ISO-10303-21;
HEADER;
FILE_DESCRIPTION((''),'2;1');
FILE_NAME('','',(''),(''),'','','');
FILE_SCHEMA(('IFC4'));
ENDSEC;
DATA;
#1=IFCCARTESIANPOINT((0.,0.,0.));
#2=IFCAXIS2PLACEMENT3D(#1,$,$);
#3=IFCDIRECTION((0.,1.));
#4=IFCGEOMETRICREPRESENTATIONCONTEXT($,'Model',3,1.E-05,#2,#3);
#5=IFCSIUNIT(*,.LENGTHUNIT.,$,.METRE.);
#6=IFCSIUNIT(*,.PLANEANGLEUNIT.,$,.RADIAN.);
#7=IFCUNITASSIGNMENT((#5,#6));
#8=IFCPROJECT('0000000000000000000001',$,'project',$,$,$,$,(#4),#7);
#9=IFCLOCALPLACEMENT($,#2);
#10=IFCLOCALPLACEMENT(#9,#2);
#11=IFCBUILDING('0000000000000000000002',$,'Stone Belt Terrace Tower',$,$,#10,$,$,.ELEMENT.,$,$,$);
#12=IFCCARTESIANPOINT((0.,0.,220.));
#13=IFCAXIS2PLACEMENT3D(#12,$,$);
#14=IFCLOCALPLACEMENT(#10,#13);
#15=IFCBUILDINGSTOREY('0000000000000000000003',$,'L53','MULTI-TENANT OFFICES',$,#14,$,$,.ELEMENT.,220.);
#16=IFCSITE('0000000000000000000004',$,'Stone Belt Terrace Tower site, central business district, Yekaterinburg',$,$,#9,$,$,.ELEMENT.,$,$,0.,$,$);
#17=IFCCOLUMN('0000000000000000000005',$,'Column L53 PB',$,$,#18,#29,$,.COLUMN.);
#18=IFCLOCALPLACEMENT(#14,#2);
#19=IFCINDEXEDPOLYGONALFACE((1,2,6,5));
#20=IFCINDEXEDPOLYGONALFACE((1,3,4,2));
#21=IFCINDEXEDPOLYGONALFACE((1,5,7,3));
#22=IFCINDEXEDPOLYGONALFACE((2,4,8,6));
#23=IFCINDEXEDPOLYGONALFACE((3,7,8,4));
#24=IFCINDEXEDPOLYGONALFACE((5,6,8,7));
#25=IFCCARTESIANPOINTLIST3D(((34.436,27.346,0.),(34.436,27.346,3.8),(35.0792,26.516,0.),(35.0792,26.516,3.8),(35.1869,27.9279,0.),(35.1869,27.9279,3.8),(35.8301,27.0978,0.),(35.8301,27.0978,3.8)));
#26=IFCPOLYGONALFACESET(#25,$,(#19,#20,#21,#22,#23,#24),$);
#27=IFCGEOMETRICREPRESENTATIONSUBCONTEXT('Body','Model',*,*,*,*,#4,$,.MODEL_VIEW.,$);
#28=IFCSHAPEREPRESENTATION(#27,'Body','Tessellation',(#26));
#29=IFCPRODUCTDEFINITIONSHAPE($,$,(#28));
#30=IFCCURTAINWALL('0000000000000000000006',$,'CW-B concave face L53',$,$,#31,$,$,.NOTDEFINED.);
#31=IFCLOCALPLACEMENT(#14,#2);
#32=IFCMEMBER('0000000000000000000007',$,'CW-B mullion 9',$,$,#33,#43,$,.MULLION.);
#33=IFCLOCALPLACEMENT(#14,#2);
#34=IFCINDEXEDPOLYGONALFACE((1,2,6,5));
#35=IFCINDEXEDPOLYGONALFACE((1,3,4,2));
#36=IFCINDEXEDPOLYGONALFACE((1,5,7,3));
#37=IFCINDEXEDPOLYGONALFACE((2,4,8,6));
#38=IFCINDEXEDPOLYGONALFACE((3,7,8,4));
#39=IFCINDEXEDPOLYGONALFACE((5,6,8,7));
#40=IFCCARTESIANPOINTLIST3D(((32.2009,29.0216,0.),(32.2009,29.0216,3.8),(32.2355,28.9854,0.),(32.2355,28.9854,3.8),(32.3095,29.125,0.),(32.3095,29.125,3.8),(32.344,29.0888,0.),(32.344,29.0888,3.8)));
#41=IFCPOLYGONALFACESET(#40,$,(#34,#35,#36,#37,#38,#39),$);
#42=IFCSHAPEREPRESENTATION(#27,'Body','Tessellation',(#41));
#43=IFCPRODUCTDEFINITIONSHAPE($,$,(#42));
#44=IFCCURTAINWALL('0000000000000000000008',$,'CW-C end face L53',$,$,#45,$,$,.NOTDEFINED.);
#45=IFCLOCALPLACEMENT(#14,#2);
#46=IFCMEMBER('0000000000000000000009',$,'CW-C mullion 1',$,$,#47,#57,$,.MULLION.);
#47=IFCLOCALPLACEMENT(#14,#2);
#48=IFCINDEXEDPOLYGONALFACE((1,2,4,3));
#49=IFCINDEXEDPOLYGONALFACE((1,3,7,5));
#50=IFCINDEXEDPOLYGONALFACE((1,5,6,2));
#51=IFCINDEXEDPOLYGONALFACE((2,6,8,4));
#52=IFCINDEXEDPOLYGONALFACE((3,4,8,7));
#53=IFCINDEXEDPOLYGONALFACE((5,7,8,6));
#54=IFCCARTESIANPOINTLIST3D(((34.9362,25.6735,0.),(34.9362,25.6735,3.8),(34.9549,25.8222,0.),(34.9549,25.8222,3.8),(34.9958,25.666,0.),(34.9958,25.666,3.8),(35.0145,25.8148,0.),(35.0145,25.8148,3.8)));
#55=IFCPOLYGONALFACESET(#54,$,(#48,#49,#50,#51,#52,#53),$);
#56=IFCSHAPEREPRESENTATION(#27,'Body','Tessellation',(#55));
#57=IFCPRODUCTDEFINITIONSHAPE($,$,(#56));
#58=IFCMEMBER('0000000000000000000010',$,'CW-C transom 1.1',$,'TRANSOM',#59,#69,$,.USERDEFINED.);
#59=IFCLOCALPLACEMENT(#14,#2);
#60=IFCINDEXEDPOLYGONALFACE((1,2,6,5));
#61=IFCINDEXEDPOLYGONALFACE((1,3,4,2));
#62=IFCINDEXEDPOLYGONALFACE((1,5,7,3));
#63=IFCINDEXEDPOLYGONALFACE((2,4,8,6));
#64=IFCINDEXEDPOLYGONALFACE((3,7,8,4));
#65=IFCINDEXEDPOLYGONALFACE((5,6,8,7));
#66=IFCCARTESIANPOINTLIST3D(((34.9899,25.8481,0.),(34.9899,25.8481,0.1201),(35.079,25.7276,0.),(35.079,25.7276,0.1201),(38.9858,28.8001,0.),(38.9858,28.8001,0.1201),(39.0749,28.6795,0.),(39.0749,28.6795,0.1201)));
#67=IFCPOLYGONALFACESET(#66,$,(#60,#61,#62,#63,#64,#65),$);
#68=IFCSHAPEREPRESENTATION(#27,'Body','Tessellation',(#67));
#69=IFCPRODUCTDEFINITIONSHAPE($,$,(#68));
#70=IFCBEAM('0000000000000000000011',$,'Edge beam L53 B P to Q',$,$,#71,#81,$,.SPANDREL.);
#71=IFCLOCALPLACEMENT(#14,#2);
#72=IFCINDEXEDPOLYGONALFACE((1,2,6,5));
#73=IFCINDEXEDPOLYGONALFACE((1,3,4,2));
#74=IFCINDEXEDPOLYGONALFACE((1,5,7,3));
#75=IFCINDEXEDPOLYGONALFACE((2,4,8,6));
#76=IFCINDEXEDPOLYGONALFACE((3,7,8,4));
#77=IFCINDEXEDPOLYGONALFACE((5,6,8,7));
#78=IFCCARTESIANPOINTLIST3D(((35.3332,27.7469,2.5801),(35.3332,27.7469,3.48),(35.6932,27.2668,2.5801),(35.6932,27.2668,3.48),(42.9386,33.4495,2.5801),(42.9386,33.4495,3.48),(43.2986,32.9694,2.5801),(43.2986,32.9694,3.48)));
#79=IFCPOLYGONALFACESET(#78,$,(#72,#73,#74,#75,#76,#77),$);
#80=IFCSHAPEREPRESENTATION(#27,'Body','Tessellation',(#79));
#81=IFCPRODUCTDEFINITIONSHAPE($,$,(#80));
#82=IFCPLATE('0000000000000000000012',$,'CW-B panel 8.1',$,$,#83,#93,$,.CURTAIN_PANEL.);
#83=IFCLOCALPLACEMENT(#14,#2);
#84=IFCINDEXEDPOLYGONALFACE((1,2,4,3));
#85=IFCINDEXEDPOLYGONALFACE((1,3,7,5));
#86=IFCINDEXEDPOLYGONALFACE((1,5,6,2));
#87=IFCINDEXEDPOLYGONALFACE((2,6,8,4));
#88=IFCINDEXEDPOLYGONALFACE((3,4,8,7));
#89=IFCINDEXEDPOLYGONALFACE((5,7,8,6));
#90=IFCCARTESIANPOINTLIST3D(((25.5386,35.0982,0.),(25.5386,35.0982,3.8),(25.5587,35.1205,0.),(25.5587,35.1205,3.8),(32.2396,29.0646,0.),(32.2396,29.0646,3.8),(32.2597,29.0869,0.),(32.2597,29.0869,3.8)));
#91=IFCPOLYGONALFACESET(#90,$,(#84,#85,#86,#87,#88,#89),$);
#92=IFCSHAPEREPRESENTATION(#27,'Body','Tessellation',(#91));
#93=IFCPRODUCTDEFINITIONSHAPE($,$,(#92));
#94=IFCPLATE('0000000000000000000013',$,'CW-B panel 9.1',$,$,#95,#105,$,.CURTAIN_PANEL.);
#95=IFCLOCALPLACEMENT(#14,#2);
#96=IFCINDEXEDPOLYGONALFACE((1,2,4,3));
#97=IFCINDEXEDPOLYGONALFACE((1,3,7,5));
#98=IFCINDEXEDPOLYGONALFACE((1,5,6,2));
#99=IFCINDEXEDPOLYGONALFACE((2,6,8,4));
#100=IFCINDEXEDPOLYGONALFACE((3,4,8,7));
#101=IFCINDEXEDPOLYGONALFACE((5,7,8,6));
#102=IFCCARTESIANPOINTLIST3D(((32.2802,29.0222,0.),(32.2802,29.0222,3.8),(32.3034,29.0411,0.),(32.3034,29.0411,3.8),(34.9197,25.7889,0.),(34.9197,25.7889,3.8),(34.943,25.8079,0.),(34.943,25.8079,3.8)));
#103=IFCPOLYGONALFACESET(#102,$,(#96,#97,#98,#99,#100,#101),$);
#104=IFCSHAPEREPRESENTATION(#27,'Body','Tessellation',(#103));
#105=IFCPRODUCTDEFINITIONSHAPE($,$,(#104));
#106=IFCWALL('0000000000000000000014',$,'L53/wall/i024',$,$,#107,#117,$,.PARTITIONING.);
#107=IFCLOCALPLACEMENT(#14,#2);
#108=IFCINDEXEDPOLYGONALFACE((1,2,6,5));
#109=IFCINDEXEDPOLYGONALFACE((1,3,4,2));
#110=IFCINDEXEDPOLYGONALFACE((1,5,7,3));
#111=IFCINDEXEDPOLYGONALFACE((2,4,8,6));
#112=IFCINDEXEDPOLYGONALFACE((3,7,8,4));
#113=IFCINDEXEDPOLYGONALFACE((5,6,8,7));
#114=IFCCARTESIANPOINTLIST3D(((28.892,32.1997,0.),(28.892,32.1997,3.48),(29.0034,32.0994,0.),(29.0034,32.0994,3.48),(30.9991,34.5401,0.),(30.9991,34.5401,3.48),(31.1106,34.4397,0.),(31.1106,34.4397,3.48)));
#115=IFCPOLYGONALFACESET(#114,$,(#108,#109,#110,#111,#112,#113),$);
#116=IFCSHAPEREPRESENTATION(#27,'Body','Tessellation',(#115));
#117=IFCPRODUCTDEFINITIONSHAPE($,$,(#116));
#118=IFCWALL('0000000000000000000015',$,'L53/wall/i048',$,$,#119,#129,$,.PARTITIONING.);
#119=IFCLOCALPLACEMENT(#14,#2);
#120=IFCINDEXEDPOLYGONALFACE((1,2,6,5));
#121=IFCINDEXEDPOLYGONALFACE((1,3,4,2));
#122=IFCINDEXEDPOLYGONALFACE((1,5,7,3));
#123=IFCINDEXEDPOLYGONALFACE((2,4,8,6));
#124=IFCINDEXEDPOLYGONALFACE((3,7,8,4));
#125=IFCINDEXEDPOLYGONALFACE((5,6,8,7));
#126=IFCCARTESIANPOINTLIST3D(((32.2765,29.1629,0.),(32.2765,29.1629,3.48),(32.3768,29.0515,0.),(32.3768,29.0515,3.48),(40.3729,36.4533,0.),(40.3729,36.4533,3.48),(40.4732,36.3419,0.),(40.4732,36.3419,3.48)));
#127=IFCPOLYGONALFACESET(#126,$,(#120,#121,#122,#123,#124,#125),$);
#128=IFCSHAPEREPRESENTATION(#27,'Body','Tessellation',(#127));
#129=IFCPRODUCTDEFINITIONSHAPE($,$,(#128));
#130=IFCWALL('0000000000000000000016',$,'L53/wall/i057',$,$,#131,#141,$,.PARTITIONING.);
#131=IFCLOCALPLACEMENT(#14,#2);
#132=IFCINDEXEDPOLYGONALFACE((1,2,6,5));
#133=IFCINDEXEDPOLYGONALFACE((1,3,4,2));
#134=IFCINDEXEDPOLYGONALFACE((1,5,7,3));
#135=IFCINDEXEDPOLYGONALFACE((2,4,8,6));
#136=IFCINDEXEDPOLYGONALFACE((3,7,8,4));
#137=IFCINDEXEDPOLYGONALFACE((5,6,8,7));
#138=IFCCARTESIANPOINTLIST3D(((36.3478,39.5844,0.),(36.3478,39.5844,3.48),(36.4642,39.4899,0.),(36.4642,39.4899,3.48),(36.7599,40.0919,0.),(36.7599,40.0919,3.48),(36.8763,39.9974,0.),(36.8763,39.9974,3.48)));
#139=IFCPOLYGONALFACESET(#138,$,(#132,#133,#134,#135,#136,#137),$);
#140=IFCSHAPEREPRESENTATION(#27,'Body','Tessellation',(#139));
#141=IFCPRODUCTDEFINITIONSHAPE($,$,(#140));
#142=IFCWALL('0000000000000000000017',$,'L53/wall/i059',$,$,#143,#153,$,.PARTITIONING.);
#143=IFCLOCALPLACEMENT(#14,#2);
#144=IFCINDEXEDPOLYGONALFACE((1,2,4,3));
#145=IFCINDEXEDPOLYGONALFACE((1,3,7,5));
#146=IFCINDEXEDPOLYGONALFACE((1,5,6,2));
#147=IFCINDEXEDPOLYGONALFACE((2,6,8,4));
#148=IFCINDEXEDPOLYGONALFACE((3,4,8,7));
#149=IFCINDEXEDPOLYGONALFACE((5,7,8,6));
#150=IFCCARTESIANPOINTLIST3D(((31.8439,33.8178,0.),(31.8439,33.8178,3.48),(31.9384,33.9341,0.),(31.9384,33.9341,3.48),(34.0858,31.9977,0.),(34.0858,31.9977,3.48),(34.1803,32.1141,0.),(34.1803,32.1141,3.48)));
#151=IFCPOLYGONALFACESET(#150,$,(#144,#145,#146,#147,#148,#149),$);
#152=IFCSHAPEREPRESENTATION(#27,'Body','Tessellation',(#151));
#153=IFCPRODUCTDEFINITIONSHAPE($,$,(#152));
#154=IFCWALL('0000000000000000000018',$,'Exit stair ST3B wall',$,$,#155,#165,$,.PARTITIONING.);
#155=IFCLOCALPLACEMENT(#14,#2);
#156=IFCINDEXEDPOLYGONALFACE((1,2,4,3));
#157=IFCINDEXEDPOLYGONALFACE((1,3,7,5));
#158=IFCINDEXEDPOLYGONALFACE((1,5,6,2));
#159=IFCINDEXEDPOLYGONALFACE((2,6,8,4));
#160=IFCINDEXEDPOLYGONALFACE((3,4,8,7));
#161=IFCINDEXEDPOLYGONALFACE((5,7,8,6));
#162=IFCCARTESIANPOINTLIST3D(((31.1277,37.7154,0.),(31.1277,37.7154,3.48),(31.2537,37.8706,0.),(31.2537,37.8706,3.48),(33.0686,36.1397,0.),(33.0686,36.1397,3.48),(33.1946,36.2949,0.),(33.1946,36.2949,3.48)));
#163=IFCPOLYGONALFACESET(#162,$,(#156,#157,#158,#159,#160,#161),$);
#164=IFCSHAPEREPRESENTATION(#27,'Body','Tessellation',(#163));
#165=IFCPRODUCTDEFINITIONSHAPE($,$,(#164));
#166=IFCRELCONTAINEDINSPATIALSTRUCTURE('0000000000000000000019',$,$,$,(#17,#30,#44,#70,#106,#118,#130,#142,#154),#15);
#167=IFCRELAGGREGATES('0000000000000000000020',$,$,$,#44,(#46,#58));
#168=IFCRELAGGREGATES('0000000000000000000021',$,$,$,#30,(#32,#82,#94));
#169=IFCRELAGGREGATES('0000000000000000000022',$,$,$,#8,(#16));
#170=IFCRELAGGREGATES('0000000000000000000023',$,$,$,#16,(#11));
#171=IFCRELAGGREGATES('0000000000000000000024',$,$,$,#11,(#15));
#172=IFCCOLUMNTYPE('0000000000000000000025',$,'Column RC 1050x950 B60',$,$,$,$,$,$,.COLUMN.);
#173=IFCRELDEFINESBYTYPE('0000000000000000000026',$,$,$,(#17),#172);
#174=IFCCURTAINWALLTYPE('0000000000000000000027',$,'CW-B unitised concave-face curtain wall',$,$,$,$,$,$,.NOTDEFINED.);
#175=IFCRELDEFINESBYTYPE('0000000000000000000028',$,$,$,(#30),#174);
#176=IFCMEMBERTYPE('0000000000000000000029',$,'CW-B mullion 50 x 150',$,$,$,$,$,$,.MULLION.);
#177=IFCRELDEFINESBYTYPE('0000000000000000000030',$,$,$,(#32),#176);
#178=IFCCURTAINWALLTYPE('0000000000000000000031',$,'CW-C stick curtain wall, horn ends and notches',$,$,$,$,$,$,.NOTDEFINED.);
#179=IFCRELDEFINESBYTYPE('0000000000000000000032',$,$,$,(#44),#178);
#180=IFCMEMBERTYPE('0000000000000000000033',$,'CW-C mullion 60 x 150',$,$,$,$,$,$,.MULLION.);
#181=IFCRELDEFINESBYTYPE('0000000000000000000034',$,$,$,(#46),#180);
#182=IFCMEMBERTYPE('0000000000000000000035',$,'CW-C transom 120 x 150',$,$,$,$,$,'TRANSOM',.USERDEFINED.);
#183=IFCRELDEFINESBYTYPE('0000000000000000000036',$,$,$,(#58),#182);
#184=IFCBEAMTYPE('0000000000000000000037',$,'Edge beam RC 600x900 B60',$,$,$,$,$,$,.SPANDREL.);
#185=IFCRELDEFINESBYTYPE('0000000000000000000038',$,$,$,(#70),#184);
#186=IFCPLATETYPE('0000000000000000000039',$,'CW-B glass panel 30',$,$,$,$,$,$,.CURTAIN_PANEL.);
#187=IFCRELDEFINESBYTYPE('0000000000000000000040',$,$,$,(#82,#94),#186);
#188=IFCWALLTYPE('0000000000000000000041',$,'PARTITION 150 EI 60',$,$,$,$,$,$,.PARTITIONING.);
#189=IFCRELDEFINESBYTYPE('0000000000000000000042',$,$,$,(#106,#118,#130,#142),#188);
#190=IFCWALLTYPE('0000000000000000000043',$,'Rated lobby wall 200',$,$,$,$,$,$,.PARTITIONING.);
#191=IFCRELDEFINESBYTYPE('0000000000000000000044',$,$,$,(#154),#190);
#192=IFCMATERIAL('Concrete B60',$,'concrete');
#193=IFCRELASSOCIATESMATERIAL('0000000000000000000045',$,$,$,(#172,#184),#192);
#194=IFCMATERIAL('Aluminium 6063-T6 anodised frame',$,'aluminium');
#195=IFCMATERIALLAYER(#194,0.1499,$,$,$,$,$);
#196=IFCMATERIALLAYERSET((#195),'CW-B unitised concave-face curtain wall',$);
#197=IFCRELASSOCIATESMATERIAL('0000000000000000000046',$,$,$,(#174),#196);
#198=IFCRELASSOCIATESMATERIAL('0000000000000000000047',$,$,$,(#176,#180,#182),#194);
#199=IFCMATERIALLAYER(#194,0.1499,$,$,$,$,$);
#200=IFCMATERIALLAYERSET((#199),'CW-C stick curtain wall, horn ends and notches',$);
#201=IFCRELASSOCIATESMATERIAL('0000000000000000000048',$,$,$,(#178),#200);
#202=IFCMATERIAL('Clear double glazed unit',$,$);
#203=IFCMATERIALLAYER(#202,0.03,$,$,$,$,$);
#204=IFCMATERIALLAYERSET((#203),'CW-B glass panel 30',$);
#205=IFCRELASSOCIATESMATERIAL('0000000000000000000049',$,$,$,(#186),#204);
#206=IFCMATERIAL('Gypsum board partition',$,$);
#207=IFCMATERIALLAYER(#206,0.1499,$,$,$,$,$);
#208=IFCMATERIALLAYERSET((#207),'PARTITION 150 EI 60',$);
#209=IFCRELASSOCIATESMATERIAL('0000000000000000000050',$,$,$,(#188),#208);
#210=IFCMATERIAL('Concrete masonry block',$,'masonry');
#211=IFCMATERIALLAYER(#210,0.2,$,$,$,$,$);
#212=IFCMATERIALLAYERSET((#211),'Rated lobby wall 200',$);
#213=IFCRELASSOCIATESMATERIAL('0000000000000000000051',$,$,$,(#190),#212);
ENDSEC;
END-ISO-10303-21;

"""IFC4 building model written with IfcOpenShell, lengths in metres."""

from ifc_helpers import new_model, si_unit, direction, frame, frame_2d, origin, origin_2d, place, context, subcontext, project, spatial, rectangle, extrude, material, layer, layer_set, material_profile, profile_set, type_object, element, aggregate, save


model = new_model("IFC4")

# Units and contexts
model_context = context("Model", 3, precision=1e-05, world=origin(), true_north=direction((0.0, 1.0)))
body_context = subcontext(model_context, "Body", "Model", "MODEL_VIEW")
ifc_project = project(units=[si_unit("LENGTHUNIT", "METRE"), si_unit("PLANEANGLEUNIT", "RADIAN")], contexts=[model_context])

# Site, building, storey
site_placement = place(None, origin())
site = spatial("IfcSite", under=ifc_project, at=site_placement, Name="Stone Belt Terrace Tower site, central business district, Yekaterinburg", CompositionType="ELEMENT", RefElevation=0.0)
building_placement = place(site_placement, origin())
building = spatial("IfcBuilding", under=site, at=building_placement, Name="Stone Belt Terrace Tower", CompositionType="ELEMENT")
storey_placement = place(building_placement, frame((0.0, 0.0, 220.0)))
storey = spatial("IfcBuildingStorey", under=building, at=storey_placement, Name="L53", Description="MULTI-TENANT OFFICES", CompositionType="ELEMENT", Elevation=220.0)

# Column
ifc_material_1 = material(Name="Concrete B60", Category="concrete")
ifc_material_profile_1 = material_profile(ifc_material_1, rectangle(XDim=1.05, YDim=0.95, at=origin_2d()), Name="RC 1050x950")
ifc_profile_set_1 = profile_set([ifc_material_profile_1], Name="Concrete B60")
column_type = type_object("IfcColumnType", Name="Column RC 1050x950 B60", PredefinedType="COLUMN", material=ifc_profile_set_1)
column_placement = place(storey_placement, frame((35.1331, 27.2219, 0.0), z_axis=(0.0, 0.0, 1.0), x_axis=(0.612485, -0.790482, 0.0)))
element("IfcColumn", 1, at=column_placement, inside=storey, type_object=column_type, Name="Column L53 PB", PredefinedType="COLUMN", context=body_context, shape_type="SweptSolid", body=[
    extrude(rectangle(XDim=1.05, YDim=0.95, at=origin_2d()), origin(), (0.0, 0.0, 1.0), 3.8),
])

# Curtain wall, member
ifc_material_2 = material(Name="Aluminium 6063-T6 anodised frame", Category="aluminium")
ifc_layer_1 = layer(ifc_material_2, 0.1499)
ifc_layer_set_1 = layer_set([ifc_layer_1], Name="CW-B unitised concave-face curtain wall")
curtain_wall_type_1 = type_object("IfcCurtainWallType", Name="CW-B unitised concave-face curtain wall", PredefinedType="NOTDEFINED", material=ifc_layer_set_1)
curtain_wall_1_placement = place(storey_placement, origin())
curtain_wall_1 = element("IfcCurtainWall", 2, at=curtain_wall_1_placement, inside=storey, type_object=curtain_wall_type_1, Name="CW-B concave face L53", PredefinedType="NOTDEFINED")
ifc_material_profile_2 = material_profile(ifc_material_2, rectangle(XDim=0.1499, YDim=0.05, at=origin_2d()), Name="Aluminium 6063-T6 50x150")
ifc_profile_set_2 = profile_set([ifc_material_profile_2], Name="Aluminium 6063-T6 anodised frame")
member_type_1 = type_object("IfcMemberType", Name="CW-B mullion 50 x 150", PredefinedType="MULLION", material=ifc_profile_set_2)
member_1_placement = place(storey_placement, frame((32.2725, 29.0552, 0.0), z_axis=(0.0, 0.0, 1.0), x_axis=(0.724008, 0.689792, 0.0)))
member_1 = element("IfcMember", 3, at=member_1_placement, type_object=member_type_1, Name="CW-B mullion 9", PredefinedType="MULLION", context=body_context, shape_type="SweptSolid", body=[
    extrude(rectangle(XDim=0.1499, YDim=0.05, at=origin_2d()), origin(), (0.0, 0.0, 1.0), 3.8),
])

# Curtain wall, members
ifc_layer_2 = layer(ifc_material_2, 0.1499)
ifc_layer_set_2 = layer_set([ifc_layer_2], Name="CW-C stick curtain wall, horn ends and notches")
curtain_wall_type_2 = type_object("IfcCurtainWallType", Name="CW-C stick curtain wall, horn ends and notches", PredefinedType="NOTDEFINED", material=ifc_layer_set_2)
curtain_wall_2_placement = place(storey_placement, origin())
curtain_wall_2 = element("IfcCurtainWall", 4, at=curtain_wall_2_placement, inside=storey, type_object=curtain_wall_type_2, Name="CW-C end face L53", PredefinedType="NOTDEFINED")
ifc_material_profile_3 = material_profile(ifc_material_2, rectangle(XDim=0.1499, YDim=0.0601, at=origin_2d()), Name="Aluminium 6063-T6 60x150")
ifc_profile_set_3 = profile_set([ifc_material_profile_3], Name="Aluminium 6063-T6 anodised frame")
member_type_2 = type_object("IfcMemberType", Name="CW-C mullion 60 x 150", PredefinedType="MULLION", material=ifc_profile_set_3)
member_2_placement = place(storey_placement, frame((34.9753, 25.7441, 0.0), z_axis=(0.0, 0.0, 1.0), x_axis=(0.124626, 0.992204, 0.0)))
member_2 = element("IfcMember", 5, at=member_2_placement, type_object=member_type_2, Name="CW-C mullion 1", PredefinedType="MULLION", context=body_context, shape_type="SweptSolid", body=[
    extrude(rectangle(XDim=0.1499, YDim=0.0601, at=origin_2d()), origin(), (0.0, 0.0, 1.0), 3.8),
])
ifc_material_profile_4 = material_profile(ifc_material_2, rectangle(XDim=0.1499, YDim=0.1201, at=origin_2d()), Name="Aluminium 6063-T6 150x120")
ifc_profile_set_4 = profile_set([ifc_material_profile_4], Name="Aluminium 6063-T6 anodised frame")
member_type_3 = type_object("IfcMemberType", Name="CW-C transom 120 x 150", ElementType="TRANSOM", PredefinedType="USERDEFINED", material=ifc_profile_set_4)
member_3_placement = place(storey_placement, frame((35.0344, 25.7878, 0.0601), z_axis=(0.804325, 0.594189, 0.0), x_axis=(-0.594189, 0.804325, 0.0)))
member_3 = element("IfcMember", 6, at=member_3_placement, type_object=member_type_3, Name="CW-C transom 1.1", ObjectType="TRANSOM", PredefinedType="USERDEFINED", context=body_context, shape_type="SweptSolid", body=[
    extrude(rectangle(XDim=0.1499, YDim=0.1201, at=origin_2d()), origin(), (0.0, 0.0, 1.0), 4.968),
])
aggregate(curtain_wall_2, [member_2, member_3])

# Beam
ifc_material_profile_5 = material_profile(ifc_material_1, rectangle(XDim=0.6001, YDim=0.8999, at=origin_2d()), Name="RC 600x900")
ifc_profile_set_5 = profile_set([ifc_material_profile_5], Name="Concrete B60")
beam_type = type_object("IfcBeamType", Name="Edge beam RC 600x900 B60", PredefinedType="SPANDREL", material=ifc_profile_set_5)
beam_placement = place(storey_placement, frame((35.5132, 27.5068, 3.03), z_axis=(0.800074, 0.599901, 0.0), x_axis=(-0.599901, 0.800074, 0.0)))
element("IfcBeam", 7, at=beam_placement, inside=storey, type_object=beam_type, Name="Edge beam L53 B P to Q", PredefinedType="SPANDREL", context=body_context, shape_type="SweptSolid", body=[
    extrude(rectangle(XDim=0.6001, YDim=0.8999, at=origin_2d()), origin(), (0.0, 0.0, 1.0), 9.5059),
])

# Plates
ifc_material_3 = material(Name="Clear double glazed unit")
ifc_layer_3 = layer(ifc_material_3, 0.03)
ifc_layer_set_3 = layer_set([ifc_layer_3], Name="CW-B glass panel 30")
plate_type = type_object("IfcPlateType", Name="CW-B glass panel 30", PredefinedType="CURTAIN_PANEL", material=ifc_layer_set_3)
plate_1_placement = place(storey_placement, frame((28.8992, 32.0925, 0.0), z_axis=(0.0, 0.0, 1.0), x_axis=(0.743145, -0.669131, 0.0)))
plate_1 = element("IfcPlate", 8, at=plate_1_placement, type_object=plate_type, Name="CW-B panel 8.1", PredefinedType="CURTAIN_PANEL", context=body_context, shape_type="SweptSolid", body=[
    extrude(rectangle(XDim=9.0171, YDim=0.03, at=origin_2d()), origin(), (0.0, 0.0, 1.0), 3.8),
])
plate_2_placement = place(storey_placement, frame((33.6116, 27.415, 0.0), z_axis=(0.0, 0.0, 1.0), x_axis=(0.632398, -0.774644, 0.0)))
plate_2 = element("IfcPlate", 9, at=plate_2_placement, type_object=plate_type, Name="CW-B panel 9.1", PredefinedType="CURTAIN_PANEL", context=body_context, shape_type="SweptSolid", body=[
    extrude(rectangle(XDim=4.1738, YDim=0.03, at=origin_2d()), origin(), (0.0, 0.0, 1.0), 3.8),
])
aggregate(curtain_wall_1, [member_1, plate_1, plate_2])

# Walls
ifc_material_4 = material(Name="Gypsum board partition")
ifc_layer_4 = layer(ifc_material_4, 0.1499)
ifc_layer_set_4 = layer_set([ifc_layer_4], Name="PARTITION 150 EI 60")
wall_type_1 = type_object("IfcWallType", Name="PARTITION 150 EI 60", PredefinedType="PARTITIONING", material=ifc_layer_set_4)
wall_1_placement = place(storey_placement, frame((31.0549, 34.49, 0.0), z_axis=(0.0, 0.0, 1.0), x_axis=(-0.669119, -0.743155, 0.0)))
element("IfcWall", 10, at=wall_1_placement, inside=storey, type_object=wall_type_1, Name="L53/wall/i024", PredefinedType="PARTITIONING", context=body_context, shape_type="SweptSolid", body=[
    extrude(rectangle(XDim=3.1492, YDim=0.1499, at=frame_2d((1.5747, 0.0))), origin(), (0.0, 0.0, 1.0), 3.48),
])
wall_2_placement = place(storey_placement, frame((32.3267, 29.1072, 0.0), z_axis=(0.0, 0.0, 1.0), x_axis=(0.743124, 0.669154, 0.0)))
element("IfcWall", 11, at=wall_2_placement, inside=storey, type_object=wall_type_1, Name="L53/wall/i048", PredefinedType="PARTITIONING", context=body_context, shape_type="SweptSolid", body=[
    extrude(rectangle(XDim=10.895, YDim=0.1499, at=frame_2d((5.4475, 0.0))), origin(), (0.0, 0.0, 1.0), 3.48),
])
wall_3_placement = place(storey_placement, frame((36.406, 39.5371, 0.0), z_axis=(0.0, 0.0, 1.0), x_axis=(0.630325, 0.776331, 0.0)))
element("IfcWall", 12, at=wall_3_placement, inside=storey, type_object=wall_type_1, Name="L53/wall/i057", PredefinedType="PARTITIONING", context=body_context, shape_type="SweptSolid", body=[
    extrude(rectangle(XDim=0.6538, YDim=0.1499, at=frame_2d((0.3269, 0.0))), origin(), (0.0, 0.0, 1.0), 3.48),
])
wall_4_placement = place(storey_placement, frame((34.1331, 32.0559, 0.0), z_axis=(0.0, 0.0, 1.0), x_axis=(-0.77637, 0.630277, 0.0)))
element("IfcWall", 13, at=wall_4_placement, inside=storey, type_object=wall_type_1, Name="L53/wall/i059", PredefinedType="PARTITIONING", context=body_context, shape_type="SweptSolid", body=[
    extrude(rectangle(XDim=2.8877, YDim=0.1499, at=frame_2d((1.4438, 0.0))), origin(), (0.0, 0.0, 1.0), 3.48),
])
ifc_material_5 = material(Name="Concrete masonry block", Category="masonry")
ifc_layer_5 = layer(ifc_material_5, 0.2)
ifc_layer_set_5 = layer_set([ifc_layer_5], Name="Rated lobby wall 200")
wall_type_2 = type_object("IfcWallType", Name="Rated lobby wall 200", PredefinedType="PARTITIONING", material=ifc_layer_set_5)
wall_5_placement = place(storey_placement, frame((31.1907, 37.793, 0.0), z_axis=(0.0, 0.0, 1.0), x_axis=(0.776371, -0.630276, 0.0)))
element("IfcWall", 14, at=wall_5_placement, inside=storey, type_object=wall_type_2, Name="Exit stair ST3B wall", PredefinedType="PARTITIONING", context=body_context, shape_type="SweptSolid", body=[
    extrude(rectangle(XDim=2.5, YDim=0.2, at=frame_2d((1.25, 0.0))), origin(), (0.0, 0.0, 1.0), 3.48),
])

save(model, "model.ifc")
